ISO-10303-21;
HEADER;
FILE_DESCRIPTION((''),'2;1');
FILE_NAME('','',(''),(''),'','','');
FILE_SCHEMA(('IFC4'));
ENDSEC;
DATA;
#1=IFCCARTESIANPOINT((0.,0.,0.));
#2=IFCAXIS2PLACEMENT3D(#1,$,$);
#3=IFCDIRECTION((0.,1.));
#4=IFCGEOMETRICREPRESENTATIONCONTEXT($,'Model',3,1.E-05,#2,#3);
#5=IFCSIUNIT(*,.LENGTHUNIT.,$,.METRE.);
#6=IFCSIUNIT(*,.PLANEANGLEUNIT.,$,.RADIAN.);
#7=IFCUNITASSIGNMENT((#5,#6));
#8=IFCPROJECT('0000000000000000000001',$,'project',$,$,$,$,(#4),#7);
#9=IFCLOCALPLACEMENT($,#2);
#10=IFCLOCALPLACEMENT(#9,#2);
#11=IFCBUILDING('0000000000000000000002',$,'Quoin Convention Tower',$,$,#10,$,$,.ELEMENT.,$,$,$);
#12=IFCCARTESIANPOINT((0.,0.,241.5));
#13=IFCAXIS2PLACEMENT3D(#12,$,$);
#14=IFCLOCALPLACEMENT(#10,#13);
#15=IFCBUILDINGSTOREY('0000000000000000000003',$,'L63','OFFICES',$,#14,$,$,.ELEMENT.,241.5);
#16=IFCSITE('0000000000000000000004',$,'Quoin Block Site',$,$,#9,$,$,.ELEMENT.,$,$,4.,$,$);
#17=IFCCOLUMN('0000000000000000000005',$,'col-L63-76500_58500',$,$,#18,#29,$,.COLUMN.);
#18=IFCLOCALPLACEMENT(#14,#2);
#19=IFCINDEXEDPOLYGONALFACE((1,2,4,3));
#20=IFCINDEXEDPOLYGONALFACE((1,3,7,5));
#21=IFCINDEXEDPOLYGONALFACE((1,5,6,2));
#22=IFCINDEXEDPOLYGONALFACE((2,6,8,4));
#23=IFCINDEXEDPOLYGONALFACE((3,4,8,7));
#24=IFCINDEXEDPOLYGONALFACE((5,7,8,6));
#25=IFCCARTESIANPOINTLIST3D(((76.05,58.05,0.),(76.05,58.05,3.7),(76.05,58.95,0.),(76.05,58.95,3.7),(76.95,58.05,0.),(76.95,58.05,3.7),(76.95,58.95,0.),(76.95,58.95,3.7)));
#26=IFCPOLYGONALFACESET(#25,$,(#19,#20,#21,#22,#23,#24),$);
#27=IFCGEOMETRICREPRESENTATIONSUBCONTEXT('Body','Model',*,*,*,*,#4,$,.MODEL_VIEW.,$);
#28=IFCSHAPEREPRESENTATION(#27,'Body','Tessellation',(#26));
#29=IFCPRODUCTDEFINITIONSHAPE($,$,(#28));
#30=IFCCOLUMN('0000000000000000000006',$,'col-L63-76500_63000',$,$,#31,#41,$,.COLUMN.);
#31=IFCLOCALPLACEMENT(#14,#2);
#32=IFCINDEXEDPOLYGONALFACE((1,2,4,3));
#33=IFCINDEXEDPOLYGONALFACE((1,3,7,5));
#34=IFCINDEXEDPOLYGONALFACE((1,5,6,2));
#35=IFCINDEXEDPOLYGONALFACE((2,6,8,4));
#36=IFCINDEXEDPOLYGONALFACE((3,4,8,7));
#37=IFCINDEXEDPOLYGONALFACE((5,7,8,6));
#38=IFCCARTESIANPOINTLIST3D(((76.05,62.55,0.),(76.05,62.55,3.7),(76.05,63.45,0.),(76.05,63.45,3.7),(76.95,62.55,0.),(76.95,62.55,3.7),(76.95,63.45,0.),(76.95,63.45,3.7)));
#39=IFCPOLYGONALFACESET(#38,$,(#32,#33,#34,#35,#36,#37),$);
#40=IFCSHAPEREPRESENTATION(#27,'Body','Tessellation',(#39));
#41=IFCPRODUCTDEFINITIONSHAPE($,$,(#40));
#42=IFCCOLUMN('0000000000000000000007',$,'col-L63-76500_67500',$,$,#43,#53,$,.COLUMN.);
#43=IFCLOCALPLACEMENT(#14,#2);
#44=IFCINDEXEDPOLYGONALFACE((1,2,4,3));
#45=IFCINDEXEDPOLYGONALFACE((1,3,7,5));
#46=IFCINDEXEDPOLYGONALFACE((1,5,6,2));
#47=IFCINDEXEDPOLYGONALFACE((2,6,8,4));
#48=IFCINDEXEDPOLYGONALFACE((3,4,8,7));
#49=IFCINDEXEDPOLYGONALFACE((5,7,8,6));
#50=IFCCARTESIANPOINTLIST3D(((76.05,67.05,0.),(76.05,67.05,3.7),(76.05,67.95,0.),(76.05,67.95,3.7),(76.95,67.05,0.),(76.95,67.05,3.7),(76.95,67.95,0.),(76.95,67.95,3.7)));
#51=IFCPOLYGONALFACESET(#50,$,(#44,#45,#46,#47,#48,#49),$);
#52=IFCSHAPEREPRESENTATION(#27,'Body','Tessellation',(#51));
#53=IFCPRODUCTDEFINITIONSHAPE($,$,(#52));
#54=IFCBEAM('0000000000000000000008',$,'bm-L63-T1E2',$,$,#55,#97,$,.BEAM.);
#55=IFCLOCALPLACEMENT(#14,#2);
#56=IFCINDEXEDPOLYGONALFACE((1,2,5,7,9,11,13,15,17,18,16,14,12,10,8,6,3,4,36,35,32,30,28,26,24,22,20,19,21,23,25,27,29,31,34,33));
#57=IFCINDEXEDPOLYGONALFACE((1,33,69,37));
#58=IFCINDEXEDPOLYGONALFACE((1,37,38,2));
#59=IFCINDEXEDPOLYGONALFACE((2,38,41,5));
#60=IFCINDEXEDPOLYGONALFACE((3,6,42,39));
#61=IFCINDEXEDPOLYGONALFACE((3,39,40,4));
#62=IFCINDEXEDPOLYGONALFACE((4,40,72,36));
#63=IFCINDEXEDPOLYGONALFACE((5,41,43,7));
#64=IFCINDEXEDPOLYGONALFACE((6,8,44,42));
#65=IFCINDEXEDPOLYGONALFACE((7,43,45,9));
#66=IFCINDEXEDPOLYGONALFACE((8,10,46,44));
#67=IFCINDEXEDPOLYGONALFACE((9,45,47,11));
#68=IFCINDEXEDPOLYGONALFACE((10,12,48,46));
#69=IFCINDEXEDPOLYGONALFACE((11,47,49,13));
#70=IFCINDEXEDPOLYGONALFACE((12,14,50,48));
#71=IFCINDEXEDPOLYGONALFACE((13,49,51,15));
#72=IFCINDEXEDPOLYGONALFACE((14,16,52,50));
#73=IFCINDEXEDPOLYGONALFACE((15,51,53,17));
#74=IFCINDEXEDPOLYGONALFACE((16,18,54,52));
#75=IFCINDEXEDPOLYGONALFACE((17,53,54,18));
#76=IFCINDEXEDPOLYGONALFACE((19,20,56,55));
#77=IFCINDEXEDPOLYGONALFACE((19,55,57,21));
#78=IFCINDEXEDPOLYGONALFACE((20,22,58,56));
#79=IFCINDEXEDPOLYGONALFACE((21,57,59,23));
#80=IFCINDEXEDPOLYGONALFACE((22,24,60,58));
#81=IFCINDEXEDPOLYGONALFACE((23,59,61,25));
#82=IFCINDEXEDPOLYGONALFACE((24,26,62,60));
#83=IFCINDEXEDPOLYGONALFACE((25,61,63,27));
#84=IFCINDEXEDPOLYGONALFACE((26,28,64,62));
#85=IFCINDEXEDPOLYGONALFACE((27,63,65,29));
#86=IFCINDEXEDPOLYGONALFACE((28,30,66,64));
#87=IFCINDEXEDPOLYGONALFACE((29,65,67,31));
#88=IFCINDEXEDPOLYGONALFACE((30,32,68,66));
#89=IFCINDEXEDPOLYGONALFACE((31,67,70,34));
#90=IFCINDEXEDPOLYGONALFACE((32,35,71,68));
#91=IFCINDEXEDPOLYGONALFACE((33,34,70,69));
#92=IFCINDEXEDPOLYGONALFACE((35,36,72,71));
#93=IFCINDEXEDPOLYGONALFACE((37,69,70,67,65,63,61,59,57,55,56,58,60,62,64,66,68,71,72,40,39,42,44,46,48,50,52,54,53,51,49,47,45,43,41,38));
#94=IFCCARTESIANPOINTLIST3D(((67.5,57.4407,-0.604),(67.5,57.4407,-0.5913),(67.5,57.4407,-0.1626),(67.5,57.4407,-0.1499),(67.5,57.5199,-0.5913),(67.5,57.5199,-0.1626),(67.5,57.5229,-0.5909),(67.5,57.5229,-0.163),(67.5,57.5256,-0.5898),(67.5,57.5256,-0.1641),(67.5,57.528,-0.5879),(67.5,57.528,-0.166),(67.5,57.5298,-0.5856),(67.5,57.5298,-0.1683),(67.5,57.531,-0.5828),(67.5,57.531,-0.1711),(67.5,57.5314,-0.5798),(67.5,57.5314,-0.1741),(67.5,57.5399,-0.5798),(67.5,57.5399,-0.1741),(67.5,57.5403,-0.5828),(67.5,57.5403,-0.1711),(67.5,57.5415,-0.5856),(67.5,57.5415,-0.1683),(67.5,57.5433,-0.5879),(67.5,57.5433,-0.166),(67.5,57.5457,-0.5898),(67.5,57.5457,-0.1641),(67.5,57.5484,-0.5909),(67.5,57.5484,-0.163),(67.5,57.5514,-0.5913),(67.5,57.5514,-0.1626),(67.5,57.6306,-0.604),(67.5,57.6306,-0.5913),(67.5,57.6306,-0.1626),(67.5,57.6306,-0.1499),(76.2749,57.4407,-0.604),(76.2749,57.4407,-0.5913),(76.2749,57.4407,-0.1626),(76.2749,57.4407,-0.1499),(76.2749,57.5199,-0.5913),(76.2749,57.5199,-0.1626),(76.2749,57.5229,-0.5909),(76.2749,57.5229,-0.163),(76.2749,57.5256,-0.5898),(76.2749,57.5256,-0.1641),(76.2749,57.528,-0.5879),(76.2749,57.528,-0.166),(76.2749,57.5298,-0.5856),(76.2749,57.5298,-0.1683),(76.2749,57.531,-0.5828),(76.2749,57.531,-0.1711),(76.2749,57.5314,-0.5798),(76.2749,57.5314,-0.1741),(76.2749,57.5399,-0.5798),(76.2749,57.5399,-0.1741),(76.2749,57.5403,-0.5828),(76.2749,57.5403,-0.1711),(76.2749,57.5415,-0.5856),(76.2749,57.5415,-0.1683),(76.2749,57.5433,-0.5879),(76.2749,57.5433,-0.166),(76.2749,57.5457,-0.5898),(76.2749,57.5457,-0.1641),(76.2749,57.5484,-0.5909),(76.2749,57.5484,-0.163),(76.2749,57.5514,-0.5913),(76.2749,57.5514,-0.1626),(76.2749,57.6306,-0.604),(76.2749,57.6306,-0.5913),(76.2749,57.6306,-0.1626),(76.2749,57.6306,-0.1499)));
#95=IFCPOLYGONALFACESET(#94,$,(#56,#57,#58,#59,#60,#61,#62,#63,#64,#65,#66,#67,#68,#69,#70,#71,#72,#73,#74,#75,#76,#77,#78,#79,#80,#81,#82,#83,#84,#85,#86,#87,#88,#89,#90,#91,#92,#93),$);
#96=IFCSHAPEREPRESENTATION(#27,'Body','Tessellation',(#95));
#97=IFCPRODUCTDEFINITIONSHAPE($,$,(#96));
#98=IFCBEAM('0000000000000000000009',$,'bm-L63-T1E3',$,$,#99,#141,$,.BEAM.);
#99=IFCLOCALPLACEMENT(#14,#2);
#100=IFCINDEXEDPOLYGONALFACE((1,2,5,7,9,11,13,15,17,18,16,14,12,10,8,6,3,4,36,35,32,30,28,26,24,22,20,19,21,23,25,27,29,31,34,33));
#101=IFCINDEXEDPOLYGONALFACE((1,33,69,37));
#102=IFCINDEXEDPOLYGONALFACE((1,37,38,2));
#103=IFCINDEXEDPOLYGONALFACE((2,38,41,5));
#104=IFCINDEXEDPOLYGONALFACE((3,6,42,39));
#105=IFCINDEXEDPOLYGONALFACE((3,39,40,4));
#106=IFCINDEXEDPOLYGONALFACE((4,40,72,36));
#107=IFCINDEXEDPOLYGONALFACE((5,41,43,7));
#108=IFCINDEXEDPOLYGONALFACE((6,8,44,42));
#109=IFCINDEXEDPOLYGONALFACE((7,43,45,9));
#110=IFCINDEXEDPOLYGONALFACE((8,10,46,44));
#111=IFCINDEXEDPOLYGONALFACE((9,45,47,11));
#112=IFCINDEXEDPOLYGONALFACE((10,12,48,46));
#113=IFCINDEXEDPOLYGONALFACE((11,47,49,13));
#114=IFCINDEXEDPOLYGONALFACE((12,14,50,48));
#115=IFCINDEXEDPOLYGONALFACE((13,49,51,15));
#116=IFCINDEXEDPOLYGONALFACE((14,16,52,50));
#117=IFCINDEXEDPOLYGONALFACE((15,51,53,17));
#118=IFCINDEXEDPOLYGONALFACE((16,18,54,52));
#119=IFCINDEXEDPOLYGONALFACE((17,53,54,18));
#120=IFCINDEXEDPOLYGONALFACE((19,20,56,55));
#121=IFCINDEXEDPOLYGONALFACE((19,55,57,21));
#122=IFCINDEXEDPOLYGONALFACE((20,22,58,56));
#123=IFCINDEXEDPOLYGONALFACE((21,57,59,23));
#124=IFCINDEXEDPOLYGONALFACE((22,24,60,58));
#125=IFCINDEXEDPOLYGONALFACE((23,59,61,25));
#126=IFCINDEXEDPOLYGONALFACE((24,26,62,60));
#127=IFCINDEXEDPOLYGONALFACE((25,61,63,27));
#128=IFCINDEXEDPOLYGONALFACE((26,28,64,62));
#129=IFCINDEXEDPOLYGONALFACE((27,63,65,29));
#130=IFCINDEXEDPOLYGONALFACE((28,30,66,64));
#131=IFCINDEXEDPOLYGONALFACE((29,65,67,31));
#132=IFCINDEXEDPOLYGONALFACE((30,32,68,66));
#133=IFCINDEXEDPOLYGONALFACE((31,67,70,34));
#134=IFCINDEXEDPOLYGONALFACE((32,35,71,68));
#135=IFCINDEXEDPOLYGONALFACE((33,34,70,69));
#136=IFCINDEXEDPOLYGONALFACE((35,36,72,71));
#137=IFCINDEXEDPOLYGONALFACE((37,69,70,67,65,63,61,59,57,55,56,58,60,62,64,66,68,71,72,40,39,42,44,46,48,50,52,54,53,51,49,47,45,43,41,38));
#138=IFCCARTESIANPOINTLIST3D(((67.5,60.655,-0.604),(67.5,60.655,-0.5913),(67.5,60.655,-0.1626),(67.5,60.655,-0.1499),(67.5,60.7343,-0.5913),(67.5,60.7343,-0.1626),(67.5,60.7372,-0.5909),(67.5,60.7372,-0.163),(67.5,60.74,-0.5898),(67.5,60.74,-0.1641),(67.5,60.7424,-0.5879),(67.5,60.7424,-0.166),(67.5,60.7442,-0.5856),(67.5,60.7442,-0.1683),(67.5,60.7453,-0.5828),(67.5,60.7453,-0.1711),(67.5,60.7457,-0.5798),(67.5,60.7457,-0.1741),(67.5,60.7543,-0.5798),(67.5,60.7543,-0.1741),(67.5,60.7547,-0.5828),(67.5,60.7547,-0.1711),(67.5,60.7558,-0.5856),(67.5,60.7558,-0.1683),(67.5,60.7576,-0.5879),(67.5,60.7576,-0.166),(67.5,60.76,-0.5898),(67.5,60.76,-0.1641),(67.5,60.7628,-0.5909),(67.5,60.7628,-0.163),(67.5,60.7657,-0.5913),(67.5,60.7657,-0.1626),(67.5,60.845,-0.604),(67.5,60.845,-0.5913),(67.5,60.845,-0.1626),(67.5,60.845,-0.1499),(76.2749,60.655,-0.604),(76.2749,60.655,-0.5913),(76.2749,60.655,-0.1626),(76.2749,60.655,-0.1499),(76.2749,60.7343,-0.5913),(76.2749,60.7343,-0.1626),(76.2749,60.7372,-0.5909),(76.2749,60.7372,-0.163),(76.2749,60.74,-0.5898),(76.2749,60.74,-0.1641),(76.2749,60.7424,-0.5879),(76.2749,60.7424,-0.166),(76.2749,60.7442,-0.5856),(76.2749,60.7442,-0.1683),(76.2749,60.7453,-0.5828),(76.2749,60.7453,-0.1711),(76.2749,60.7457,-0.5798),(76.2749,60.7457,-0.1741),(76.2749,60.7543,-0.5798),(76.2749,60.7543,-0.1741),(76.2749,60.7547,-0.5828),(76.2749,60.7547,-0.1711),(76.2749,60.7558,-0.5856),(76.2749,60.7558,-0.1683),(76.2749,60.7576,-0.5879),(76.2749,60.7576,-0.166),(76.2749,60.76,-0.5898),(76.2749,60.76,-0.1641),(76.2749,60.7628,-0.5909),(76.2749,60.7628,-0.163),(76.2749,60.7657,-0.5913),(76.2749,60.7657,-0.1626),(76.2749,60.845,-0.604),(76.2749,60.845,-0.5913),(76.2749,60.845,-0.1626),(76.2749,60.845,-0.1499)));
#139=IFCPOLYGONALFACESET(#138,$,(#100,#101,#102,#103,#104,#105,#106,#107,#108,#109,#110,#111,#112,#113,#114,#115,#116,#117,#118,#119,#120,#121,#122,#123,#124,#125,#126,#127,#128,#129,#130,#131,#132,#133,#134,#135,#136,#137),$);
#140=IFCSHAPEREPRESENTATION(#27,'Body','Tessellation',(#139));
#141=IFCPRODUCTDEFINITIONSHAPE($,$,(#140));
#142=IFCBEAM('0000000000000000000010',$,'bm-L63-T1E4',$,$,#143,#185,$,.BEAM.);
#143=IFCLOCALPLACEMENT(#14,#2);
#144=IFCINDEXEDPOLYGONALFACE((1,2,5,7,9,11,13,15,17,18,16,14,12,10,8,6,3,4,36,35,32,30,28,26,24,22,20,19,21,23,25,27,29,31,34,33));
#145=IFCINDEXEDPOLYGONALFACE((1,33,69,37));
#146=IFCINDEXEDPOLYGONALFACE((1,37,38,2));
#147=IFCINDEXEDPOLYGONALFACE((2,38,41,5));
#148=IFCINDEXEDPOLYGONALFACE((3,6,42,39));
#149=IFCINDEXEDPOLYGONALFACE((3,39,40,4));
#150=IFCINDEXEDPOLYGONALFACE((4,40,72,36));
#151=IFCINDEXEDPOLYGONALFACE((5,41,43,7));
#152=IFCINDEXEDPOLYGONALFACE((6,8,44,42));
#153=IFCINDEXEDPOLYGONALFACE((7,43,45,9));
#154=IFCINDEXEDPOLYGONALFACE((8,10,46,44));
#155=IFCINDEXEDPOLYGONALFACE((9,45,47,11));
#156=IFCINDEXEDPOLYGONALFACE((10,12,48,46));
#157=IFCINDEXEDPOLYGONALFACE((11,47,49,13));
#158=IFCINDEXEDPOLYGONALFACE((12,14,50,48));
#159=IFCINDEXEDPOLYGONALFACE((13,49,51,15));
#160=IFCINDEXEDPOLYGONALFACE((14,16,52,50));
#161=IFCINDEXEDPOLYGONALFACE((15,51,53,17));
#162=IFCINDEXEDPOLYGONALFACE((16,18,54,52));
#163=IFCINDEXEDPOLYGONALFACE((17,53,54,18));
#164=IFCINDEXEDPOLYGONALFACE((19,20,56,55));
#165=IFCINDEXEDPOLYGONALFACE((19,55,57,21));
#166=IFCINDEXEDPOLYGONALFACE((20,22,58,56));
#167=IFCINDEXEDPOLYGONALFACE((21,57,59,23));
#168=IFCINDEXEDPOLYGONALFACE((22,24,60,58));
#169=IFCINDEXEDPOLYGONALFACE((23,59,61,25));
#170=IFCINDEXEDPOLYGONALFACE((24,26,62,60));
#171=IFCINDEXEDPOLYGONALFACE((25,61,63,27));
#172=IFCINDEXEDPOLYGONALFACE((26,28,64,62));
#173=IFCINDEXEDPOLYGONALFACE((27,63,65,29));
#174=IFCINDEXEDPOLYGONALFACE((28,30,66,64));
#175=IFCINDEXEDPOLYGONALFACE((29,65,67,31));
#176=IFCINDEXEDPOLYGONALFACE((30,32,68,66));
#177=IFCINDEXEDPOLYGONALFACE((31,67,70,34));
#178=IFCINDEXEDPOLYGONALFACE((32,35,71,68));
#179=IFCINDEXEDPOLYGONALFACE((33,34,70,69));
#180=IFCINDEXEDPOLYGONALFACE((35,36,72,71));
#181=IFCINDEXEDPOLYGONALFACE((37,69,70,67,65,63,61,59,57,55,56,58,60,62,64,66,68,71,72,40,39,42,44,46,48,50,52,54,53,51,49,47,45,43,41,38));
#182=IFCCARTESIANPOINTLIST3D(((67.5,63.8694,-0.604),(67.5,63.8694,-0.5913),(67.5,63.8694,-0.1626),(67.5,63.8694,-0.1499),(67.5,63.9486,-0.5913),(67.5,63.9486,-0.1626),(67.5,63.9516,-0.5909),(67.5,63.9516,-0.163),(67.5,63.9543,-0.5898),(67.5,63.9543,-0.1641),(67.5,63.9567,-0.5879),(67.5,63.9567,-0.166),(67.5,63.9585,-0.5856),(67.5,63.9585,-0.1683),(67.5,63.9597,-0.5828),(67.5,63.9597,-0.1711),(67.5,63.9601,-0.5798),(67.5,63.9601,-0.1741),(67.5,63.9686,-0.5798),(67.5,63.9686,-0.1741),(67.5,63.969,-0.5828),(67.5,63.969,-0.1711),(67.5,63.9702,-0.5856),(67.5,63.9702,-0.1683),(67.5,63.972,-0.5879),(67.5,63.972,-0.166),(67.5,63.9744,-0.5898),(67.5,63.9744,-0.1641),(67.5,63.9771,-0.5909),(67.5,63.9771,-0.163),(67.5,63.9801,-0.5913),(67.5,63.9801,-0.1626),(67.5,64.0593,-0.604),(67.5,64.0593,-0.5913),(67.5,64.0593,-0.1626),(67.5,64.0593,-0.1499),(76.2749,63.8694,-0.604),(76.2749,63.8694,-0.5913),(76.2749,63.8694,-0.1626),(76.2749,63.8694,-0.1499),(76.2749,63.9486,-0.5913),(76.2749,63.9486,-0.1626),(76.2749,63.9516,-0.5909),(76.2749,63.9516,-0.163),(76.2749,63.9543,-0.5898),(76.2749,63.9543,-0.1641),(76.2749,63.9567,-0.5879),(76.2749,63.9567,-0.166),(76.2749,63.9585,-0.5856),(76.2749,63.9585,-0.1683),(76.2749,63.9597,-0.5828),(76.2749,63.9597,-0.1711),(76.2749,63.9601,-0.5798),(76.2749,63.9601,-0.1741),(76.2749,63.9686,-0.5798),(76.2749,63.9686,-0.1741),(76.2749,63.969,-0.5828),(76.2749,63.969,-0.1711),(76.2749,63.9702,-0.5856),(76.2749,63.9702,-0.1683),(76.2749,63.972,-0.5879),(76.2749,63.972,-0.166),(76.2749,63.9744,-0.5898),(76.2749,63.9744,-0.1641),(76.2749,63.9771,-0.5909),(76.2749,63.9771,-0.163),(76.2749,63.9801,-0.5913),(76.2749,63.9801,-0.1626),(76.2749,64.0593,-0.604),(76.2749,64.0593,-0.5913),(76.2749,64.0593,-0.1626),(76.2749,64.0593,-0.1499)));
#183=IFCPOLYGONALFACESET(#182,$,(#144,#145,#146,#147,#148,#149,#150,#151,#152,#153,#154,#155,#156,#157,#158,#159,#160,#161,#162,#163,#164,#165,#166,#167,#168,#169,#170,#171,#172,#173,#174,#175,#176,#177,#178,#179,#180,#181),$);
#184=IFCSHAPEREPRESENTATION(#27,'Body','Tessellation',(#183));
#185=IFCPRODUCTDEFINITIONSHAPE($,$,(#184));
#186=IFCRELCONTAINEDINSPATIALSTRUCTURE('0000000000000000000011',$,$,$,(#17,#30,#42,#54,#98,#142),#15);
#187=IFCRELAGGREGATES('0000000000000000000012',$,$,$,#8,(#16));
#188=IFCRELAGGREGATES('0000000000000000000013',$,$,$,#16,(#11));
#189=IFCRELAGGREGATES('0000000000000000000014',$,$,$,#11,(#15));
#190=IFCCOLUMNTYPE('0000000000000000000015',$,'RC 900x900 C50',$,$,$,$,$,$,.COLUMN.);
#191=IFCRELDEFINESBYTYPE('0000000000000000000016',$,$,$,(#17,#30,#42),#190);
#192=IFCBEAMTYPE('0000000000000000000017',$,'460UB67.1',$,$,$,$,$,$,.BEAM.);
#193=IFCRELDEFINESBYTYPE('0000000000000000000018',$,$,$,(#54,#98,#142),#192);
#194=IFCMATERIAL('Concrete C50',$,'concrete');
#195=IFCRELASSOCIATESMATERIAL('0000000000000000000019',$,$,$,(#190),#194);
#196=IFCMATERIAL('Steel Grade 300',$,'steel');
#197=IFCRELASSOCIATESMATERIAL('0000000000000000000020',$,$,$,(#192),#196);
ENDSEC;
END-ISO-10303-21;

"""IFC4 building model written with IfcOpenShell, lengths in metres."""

from ifc_helpers import new_model, si_unit, direction, frame, origin, origin_2d, place, context, subcontext, project, spatial, rectangle, i_section, extrude, material, material_profile, profile_set, type_object, element, save


model = new_model("IFC4")

# Units and contexts
model_context = context("Model", 3, precision=1e-05, world=origin(), true_north=direction((0.0, 1.0)))
body_context = subcontext(model_context, "Body", "Model", "MODEL_VIEW")
ifc_project = project(units=[si_unit("LENGTHUNIT", "METRE"), si_unit("PLANEANGLEUNIT", "RADIAN")], contexts=[model_context])

# Site, building, storey
site_placement = place(None, origin())
site = spatial("IfcSite", under=ifc_project, at=site_placement, Name="Quoin Block Site", CompositionType="ELEMENT", RefElevation=4.0)
building_placement = place(site_placement, origin())
building = spatial("IfcBuilding", under=site, at=building_placement, Name="Quoin Convention Tower", CompositionType="ELEMENT")
storey_placement = place(building_placement, frame((0.0, 0.0, 241.5)))
storey = spatial("IfcBuildingStorey", under=building, at=storey_placement, Name="L63", Description="OFFICES", CompositionType="ELEMENT", Elevation=241.5)

# Columns
ifc_material_1 = material(Name="Concrete C50", Category="concrete")
ifc_material_profile_1 = material_profile(ifc_material_1, rectangle(XDim=0.8999, YDim=0.8999, at=origin_2d()), Name="RC 900x900")
ifc_profile_set_1 = profile_set([ifc_material_profile_1], Name="Concrete C50")
column_type = type_object("IfcColumnType", Name="RC 900x900 C50", PredefinedType="COLUMN", material=ifc_profile_set_1)
for number, where, z_axis, x_axis, name in (
    (1, (76.5, 58.5, 0.0), (0.0, 0.0, 1.0), (1.0, 0.0, 0.0), "col-L63-76500_58500"),
    (2, (76.5, 63.0, 0.0), (0.0, 0.0, 1.0), (1.0, 0.0, 0.0), "col-L63-76500_63000"),
    (3, (76.5, 67.5, 0.0), (0.0, 0.0, 1.0), (1.0, 0.0, 0.0), "col-L63-76500_67500"),
):
    element("IfcColumn", number, at=place(storey_placement, frame(where, z_axis=z_axis, x_axis=x_axis)), inside=storey, type_object=column_type, Name=name, PredefinedType="COLUMN", context=body_context, shape_type="SweptSolid", body=[
        extrude(rectangle(XDim=0.8999, YDim=0.8999, at=origin_2d()), origin(), (0.0, 0.0, 1.0), 3.7),
    ])

# Beams
ifc_material_2 = material(Name="Steel Grade 300", Category="steel")
ifc_material_profile_2 = material_profile(ifc_material_2, i_section(OverallWidth=0.1899, OverallDepth=0.4541, WebThickness=0.0085, FlangeThickness=0.0127, FilletRadius=0.0115, at=origin_2d()), Name="460UB67.1")
ifc_profile_set_2 = profile_set([ifc_material_profile_2], Name="Steel Grade 300")
beam_type_1 = type_object("IfcBeamType", Name="460UB67.1", PredefinedType="BEAM", material=ifc_profile_set_2)
for number, where, z_axis, x_axis, name in (
    (4, (67.5, 57.5356, -0.377), (1.0, 0.0, 0.0), (0.0, 1.0, 0.0), "bm-L63-T1E2"),
    (5, (67.5, 60.75, -0.377), (1.0, 0.0, 0.0), (0.0, 1.0, 0.0), "bm-L63-T1E3"),
    (6, (67.5, 63.9644, -0.377), (1.0, 0.0, 0.0), (0.0, 1.0, 0.0), "bm-L63-T1E4"),
):
    element("IfcBeam", number, at=place(storey_placement, frame(where, z_axis=z_axis, x_axis=x_axis)), inside=storey, type_object=beam_type_1, Name=name, PredefinedType="BEAM", context=body_context, shape_type="SweptSolid", body=[
        extrude(i_section(OverallWidth=0.1899, OverallDepth=0.4541, WebThickness=0.0085, FlangeThickness=0.0127, FilletRadius=0.0115, at=origin_2d()), origin(), (0.0, 0.0, 1.0), 8.7749),
    ])

save(model, "model.ifc")
